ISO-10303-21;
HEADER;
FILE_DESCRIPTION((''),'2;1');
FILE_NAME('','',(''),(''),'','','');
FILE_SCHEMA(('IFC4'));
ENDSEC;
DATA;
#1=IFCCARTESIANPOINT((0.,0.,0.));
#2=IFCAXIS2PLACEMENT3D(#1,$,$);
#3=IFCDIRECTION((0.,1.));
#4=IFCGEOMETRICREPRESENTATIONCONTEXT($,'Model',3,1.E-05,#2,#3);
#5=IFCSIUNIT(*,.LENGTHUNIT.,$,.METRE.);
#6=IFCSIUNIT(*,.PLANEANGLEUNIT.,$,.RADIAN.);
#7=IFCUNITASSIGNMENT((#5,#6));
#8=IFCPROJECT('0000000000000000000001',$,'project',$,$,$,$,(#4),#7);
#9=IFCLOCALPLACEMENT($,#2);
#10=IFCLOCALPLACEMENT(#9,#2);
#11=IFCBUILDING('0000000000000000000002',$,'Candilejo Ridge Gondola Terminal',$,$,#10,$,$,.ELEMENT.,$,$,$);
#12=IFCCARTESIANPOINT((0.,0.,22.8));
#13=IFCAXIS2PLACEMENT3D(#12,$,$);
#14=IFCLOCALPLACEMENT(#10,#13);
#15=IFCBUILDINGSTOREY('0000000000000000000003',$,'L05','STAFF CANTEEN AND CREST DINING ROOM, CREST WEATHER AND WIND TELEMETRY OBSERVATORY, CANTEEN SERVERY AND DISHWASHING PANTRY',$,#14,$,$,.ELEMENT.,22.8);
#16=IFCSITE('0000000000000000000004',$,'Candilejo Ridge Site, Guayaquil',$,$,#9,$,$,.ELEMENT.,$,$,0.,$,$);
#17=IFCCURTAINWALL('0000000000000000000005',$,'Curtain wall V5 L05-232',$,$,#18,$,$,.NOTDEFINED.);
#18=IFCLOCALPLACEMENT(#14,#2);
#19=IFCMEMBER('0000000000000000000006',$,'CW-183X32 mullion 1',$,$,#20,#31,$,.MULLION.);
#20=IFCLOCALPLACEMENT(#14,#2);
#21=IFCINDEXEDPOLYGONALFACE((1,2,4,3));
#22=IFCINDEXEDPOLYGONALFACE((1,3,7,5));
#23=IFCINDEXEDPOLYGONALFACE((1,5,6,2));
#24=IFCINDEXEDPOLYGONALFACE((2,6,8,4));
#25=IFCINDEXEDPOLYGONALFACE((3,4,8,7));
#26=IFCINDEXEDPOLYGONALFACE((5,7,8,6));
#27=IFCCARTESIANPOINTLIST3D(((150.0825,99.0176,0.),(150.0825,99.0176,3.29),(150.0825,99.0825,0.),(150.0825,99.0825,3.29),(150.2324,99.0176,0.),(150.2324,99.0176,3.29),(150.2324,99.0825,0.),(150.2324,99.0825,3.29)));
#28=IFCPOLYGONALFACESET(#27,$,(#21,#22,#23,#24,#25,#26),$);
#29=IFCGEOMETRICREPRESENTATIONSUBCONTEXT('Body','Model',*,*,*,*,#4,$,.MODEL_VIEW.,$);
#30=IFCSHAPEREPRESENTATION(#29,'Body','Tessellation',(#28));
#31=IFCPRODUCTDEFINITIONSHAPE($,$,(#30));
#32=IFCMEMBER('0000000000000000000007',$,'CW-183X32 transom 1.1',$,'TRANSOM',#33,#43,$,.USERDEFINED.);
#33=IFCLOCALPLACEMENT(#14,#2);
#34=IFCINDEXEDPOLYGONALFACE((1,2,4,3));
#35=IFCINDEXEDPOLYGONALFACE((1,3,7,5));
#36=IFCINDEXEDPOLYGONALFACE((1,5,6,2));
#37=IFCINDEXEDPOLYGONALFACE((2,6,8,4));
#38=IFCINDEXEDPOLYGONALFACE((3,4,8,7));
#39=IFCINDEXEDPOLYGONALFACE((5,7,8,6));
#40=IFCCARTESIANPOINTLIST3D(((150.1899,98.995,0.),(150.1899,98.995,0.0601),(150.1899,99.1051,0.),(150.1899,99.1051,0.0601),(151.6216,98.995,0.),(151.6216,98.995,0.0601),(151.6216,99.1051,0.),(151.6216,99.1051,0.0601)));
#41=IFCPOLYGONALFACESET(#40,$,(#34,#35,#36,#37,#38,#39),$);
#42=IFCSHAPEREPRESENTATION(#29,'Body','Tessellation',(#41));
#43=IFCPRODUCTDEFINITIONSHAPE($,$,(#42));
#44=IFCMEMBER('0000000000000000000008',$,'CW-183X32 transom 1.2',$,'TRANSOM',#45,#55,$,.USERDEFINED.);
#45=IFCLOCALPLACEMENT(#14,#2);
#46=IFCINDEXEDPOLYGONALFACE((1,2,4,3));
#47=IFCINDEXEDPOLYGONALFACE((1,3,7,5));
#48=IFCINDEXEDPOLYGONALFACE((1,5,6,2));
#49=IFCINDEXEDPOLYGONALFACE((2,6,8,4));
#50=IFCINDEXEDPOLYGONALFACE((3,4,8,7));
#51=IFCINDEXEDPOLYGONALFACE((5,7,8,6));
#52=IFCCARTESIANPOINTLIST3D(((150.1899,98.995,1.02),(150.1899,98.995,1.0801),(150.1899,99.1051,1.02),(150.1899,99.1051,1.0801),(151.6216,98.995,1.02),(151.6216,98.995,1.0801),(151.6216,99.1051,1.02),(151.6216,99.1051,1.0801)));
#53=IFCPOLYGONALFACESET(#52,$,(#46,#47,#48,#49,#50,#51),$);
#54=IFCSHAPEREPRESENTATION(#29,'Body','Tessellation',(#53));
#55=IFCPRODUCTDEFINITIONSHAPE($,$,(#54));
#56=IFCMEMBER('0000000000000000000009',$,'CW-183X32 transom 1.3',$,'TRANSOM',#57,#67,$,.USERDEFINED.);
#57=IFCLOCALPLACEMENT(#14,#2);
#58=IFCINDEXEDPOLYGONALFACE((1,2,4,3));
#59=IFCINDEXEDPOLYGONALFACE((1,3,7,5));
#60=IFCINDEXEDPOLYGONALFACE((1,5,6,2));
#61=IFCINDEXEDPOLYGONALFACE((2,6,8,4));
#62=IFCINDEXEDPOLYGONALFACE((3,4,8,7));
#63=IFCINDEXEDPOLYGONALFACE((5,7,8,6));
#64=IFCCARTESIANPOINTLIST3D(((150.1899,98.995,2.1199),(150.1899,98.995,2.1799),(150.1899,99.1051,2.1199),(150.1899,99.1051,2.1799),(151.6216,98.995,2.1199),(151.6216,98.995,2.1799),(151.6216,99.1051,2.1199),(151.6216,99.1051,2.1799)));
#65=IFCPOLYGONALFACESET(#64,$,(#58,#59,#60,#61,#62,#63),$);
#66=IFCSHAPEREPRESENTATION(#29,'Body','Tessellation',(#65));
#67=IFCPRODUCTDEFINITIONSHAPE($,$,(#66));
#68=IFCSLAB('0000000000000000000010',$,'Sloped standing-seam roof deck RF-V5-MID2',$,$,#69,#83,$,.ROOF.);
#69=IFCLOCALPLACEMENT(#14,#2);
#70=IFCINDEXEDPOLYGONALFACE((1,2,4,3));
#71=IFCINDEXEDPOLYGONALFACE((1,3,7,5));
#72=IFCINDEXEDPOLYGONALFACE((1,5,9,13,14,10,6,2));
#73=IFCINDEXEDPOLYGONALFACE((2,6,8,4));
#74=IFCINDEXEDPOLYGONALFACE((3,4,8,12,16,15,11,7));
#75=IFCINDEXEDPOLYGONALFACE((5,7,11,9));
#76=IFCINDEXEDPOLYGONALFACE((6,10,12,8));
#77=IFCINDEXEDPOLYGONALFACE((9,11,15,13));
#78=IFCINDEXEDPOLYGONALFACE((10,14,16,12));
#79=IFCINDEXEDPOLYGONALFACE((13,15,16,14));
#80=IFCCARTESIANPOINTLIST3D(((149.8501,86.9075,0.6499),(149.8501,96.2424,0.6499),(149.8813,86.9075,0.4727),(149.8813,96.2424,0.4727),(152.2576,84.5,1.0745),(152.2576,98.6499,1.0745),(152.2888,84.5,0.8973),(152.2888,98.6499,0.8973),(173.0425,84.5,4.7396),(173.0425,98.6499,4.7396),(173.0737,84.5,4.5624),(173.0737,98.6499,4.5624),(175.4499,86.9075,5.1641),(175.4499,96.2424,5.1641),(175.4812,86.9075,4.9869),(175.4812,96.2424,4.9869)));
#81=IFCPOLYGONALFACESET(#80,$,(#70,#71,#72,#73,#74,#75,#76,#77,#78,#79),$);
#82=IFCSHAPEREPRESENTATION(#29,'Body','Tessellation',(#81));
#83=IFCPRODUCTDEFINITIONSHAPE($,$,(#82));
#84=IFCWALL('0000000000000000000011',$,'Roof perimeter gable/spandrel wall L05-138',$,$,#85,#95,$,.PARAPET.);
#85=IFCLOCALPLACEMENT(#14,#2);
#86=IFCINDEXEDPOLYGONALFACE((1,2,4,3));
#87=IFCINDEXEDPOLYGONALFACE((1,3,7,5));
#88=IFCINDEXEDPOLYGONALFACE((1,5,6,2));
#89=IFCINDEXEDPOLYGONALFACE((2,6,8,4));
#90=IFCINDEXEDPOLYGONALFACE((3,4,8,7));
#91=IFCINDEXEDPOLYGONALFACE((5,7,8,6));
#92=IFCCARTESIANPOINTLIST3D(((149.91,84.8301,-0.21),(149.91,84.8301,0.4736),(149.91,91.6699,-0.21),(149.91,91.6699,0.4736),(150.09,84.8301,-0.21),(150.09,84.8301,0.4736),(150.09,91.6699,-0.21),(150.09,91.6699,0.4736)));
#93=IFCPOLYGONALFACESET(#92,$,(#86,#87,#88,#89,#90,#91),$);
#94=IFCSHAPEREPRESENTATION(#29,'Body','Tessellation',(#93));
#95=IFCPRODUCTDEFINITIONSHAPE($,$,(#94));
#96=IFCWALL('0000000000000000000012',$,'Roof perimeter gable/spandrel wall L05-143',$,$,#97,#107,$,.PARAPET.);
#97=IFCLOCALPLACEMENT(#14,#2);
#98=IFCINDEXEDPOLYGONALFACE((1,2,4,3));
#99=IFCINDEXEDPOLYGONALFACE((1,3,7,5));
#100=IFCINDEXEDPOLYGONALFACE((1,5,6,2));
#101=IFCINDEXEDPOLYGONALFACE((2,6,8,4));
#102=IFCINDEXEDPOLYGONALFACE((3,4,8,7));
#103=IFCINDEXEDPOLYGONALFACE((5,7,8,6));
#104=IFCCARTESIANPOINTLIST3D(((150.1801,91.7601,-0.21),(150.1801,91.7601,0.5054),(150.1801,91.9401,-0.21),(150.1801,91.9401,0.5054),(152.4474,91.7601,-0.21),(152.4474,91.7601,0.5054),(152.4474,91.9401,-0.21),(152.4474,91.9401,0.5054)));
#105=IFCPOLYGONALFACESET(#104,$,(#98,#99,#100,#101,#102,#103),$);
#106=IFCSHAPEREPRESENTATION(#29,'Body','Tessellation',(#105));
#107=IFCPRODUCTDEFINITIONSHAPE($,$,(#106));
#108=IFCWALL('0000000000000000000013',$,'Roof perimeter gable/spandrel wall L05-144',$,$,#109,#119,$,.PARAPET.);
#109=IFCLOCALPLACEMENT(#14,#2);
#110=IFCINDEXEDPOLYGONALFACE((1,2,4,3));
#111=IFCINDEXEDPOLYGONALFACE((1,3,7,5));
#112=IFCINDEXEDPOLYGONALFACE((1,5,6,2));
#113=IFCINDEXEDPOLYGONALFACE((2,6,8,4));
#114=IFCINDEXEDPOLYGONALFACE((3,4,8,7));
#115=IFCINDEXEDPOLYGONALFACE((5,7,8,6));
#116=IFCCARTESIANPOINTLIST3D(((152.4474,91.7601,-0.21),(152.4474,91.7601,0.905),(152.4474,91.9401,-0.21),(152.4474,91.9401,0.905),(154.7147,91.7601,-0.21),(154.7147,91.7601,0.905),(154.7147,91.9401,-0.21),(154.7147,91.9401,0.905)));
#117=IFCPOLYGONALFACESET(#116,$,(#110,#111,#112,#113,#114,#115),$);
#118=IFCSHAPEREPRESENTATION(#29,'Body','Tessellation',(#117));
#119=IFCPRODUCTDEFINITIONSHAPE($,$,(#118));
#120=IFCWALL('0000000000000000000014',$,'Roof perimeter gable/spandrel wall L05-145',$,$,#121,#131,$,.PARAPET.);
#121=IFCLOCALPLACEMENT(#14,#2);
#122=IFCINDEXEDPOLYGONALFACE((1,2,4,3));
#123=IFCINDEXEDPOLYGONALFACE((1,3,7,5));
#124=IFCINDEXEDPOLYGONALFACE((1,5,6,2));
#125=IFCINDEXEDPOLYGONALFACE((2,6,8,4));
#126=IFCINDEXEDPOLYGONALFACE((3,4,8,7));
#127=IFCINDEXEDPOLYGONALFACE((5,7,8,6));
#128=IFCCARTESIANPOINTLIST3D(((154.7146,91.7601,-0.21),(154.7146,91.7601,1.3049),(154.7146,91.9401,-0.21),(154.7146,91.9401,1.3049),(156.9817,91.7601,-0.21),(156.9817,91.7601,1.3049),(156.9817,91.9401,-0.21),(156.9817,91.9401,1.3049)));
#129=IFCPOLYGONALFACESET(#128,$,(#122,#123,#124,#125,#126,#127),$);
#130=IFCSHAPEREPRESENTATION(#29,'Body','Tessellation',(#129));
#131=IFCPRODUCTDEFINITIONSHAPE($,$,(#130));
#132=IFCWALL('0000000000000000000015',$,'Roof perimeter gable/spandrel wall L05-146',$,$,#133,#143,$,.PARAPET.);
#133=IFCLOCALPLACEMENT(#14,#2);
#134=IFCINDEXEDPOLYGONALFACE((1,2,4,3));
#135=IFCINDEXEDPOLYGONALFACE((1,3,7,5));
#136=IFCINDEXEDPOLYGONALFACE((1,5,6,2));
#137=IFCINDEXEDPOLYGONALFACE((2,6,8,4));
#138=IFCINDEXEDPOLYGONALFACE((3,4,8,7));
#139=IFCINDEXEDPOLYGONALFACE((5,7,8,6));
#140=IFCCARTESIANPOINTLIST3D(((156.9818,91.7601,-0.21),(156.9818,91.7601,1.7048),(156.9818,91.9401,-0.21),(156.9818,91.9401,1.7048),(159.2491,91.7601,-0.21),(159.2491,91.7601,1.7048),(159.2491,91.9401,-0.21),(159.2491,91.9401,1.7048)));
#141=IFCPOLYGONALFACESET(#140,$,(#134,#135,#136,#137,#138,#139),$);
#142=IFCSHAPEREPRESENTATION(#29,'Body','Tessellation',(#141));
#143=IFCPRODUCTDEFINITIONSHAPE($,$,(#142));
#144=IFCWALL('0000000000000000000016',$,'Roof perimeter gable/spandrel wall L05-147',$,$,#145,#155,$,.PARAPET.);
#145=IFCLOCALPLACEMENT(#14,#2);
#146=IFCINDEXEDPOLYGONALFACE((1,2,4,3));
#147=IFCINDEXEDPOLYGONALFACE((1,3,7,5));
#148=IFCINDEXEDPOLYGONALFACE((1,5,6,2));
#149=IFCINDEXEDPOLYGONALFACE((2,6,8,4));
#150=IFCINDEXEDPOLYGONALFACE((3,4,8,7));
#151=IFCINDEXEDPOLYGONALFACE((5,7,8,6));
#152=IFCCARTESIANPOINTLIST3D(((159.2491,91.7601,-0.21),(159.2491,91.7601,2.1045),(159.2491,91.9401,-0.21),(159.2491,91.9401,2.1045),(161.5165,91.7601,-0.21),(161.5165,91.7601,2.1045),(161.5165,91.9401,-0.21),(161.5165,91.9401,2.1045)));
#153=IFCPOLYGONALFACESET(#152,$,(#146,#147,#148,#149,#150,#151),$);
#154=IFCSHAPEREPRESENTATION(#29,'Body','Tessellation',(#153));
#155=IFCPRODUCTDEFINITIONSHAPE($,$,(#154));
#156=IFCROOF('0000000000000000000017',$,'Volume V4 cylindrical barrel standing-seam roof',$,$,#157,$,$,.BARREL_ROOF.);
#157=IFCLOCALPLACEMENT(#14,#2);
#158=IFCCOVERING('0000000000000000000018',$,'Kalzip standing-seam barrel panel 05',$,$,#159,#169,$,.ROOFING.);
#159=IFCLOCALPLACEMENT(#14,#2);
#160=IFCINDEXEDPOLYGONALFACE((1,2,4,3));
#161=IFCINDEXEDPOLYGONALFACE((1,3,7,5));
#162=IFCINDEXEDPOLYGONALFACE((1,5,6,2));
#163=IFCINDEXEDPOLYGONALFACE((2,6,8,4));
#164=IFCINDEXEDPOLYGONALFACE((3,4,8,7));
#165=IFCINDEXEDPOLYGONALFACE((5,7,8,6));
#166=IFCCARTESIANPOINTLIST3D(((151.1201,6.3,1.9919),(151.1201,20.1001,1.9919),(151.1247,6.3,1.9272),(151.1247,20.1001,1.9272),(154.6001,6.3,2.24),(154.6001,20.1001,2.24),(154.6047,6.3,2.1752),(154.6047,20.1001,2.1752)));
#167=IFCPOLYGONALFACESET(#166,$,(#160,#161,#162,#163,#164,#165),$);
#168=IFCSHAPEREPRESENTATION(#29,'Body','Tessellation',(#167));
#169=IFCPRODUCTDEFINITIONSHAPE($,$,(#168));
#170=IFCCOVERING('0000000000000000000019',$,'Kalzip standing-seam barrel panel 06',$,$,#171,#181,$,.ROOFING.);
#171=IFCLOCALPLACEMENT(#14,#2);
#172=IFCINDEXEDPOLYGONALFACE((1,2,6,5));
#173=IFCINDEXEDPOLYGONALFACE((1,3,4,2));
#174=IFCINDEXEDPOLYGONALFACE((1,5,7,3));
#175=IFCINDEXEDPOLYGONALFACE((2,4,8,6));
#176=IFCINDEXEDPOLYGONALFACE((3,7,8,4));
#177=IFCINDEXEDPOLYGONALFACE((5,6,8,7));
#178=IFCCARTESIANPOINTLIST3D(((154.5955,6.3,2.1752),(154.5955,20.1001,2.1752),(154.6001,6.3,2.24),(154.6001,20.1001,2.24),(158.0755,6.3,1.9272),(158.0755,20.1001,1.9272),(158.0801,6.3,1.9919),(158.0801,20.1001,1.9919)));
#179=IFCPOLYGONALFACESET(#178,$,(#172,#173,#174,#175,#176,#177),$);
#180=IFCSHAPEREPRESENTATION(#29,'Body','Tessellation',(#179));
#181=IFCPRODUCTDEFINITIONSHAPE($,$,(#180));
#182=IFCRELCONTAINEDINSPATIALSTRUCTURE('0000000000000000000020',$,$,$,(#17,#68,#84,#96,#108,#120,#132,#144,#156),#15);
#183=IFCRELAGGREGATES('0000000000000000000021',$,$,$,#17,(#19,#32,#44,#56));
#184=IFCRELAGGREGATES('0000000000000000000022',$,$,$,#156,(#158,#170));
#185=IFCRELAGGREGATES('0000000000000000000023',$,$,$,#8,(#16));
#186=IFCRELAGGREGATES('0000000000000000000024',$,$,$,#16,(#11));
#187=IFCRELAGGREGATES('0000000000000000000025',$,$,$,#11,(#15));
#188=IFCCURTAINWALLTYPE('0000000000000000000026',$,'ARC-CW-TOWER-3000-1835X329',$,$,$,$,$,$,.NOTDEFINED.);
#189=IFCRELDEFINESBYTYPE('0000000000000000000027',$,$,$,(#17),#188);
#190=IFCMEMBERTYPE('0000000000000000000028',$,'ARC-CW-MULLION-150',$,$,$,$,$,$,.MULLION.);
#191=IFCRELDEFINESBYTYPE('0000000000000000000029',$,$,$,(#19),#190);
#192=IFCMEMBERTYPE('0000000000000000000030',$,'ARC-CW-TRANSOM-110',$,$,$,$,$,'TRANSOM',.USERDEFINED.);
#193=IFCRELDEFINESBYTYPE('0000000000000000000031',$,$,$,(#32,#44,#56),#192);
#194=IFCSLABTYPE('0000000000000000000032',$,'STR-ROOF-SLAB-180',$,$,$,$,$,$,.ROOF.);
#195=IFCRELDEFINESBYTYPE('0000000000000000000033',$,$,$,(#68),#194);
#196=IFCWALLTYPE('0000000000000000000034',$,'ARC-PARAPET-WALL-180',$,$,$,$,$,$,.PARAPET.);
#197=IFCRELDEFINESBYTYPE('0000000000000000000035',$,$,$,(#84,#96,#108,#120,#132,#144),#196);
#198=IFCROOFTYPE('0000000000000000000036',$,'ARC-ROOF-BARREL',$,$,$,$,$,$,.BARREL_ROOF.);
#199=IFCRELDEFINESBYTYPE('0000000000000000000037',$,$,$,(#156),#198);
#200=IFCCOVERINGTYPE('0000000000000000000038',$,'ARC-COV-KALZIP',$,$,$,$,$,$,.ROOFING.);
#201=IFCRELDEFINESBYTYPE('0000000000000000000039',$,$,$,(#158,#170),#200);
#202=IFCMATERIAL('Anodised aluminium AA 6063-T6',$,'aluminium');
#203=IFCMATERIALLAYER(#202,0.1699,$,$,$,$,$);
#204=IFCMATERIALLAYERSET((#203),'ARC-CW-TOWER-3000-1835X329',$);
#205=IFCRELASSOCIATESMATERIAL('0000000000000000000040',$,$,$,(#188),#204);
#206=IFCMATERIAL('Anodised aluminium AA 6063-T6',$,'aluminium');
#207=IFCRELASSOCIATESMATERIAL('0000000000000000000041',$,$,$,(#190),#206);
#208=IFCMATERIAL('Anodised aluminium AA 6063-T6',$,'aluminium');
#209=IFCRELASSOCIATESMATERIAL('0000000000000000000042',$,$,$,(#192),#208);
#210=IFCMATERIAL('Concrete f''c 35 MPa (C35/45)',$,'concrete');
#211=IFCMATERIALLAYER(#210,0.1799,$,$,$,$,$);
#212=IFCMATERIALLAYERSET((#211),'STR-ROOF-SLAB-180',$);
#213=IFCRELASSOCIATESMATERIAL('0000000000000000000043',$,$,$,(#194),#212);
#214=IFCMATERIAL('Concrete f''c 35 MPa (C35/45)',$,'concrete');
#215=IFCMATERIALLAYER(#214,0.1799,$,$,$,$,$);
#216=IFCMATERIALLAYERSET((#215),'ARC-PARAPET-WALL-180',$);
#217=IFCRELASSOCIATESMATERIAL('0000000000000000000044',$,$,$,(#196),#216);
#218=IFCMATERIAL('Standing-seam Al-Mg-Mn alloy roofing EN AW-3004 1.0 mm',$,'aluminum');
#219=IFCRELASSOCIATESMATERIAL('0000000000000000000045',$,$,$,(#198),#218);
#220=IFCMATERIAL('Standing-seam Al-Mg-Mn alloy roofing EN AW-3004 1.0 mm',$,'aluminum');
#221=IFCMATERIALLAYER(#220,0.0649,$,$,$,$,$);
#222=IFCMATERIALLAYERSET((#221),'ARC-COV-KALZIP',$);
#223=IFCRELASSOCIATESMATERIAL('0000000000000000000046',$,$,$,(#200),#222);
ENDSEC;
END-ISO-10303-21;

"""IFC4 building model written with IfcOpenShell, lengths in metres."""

from ifc_helpers import new_model, si_unit, direction, frame, frame_2d, origin, origin_2d, place, context, subcontext, project, spatial, polyline, rectangle, outline, extrude, material, layer, layer_set, material_profile, profile_set, type_object, element, aggregate, save


model = new_model("IFC4")

# Units and contexts
model_context = context("Model", 3, precision=1e-05, world=origin(), true_north=direction((0.0, 1.0)))
body_context = subcontext(model_context, "Body", "Model", "MODEL_VIEW")
ifc_project = project(units=[si_unit("LENGTHUNIT", "METRE"), si_unit("PLANEANGLEUNIT", "RADIAN")], contexts=[model_context])

# Site, building, storey
site_placement = place(None, origin())
site = spatial("IfcSite", under=ifc_project, at=site_placement, Name="Candilejo Ridge Site, Guayaquil", CompositionType="ELEMENT", RefElevation=0.0)
building_placement = place(site_placement, origin())
building = spatial("IfcBuilding", under=site, at=building_placement, Name="Candilejo Ridge Gondola Terminal", CompositionType="ELEMENT")
storey_placement = place(building_placement, frame((0.0, 0.0, 22.8)))
storey = spatial("IfcBuildingStorey", under=building, at=storey_placement, Name="L05", Description="STAFF CANTEEN AND CREST DINING ROOM, CREST WEATHER AND WIND TELEMETRY OBSERVATORY, CANTEEN SERVERY AND DISHWASHING PANTRY", CompositionType="ELEMENT", Elevation=22.8)

# Curtain wall, members
ifc_material_1 = material(Name="Anodised aluminium AA 6063-T6", Category="aluminium")
ifc_layer_1 = layer(ifc_material_1, 0.1699)
ifc_layer_set_1 = layer_set([ifc_layer_1], Name="ARC-CW-TOWER-3000-1835X329")
curtain_wall_type = type_object("IfcCurtainWallType", Name="ARC-CW-TOWER-3000-1835X329", PredefinedType="NOTDEFINED", material=ifc_layer_set_1)
curtain_wall_placement = place(storey_placement, origin())
curtain_wall = element("IfcCurtainWall", 1, at=curtain_wall_placement, inside=storey, type_object=curtain_wall_type, Name="Curtain wall V5 L05-232", PredefinedType="NOTDEFINED")
ifc_material_2 = material(Name="Anodised aluminium AA 6063-T6", Category="aluminium")
ifc_material_profile_1 = material_profile(ifc_material_2, rectangle(XDim=0.0649, YDim=0.1499, at=origin_2d()))
ifc_profile_set_1 = profile_set([ifc_material_profile_1], Name="Anodised aluminium AA 6063-T6")
member_type_1 = type_object("IfcMemberType", Name="ARC-CW-MULLION-150", PredefinedType="MULLION", material=ifc_profile_set_1)
member_1_placement = place(storey_placement, frame((150.1575, 99.05, 0.0), z_axis=(0.0, 0.0, 1.0), x_axis=(0.0, 1.0, 0.0)))
member_1 = element("IfcMember", 2, at=member_1_placement, type_object=member_type_1, Name="CW-183X32 mullion 1", PredefinedType="MULLION", context=body_context, shape_type="SweptSolid", body=[
    extrude(rectangle(XDim=0.0649, YDim=0.1499, at=origin_2d()), origin(), (0.0, 0.0, 1.0), 3.29),
])
ifc_material_3 = material(Name="Anodised aluminium AA 6063-T6", Category="aluminium")
ifc_material_profile_2 = material_profile(ifc_material_3, rectangle(XDim=0.1101, YDim=0.0601, at=origin_2d()))
ifc_profile_set_2 = profile_set([ifc_material_profile_2], Name="Anodised aluminium AA 6063-T6")
member_type_2 = type_object("IfcMemberType", Name="ARC-CW-TRANSOM-110", ElementType="TRANSOM", PredefinedType="USERDEFINED", material=ifc_profile_set_2)
member_2_placement = place(storey_placement, frame((150.1899, 99.05, 0.03), z_axis=(1.0, 0.0, 0.0), x_axis=(0.0, 1.0, 0.0)))
member_2 = element("IfcMember", 3, at=member_2_placement, type_object=member_type_2, Name="CW-183X32 transom 1.1", ObjectType="TRANSOM", PredefinedType="USERDEFINED", context=body_context, shape_type="SweptSolid", body=[
    extrude(rectangle(XDim=0.1101, YDim=0.0601, at=origin_2d()), origin(), (0.0, 0.0, 1.0), 1.4316),
])
member_3_placement = place(storey_placement, frame((150.1899, 99.05, 1.05), z_axis=(1.0, 0.0, 0.0), x_axis=(0.0, 1.0, 0.0)))
member_3 = element("IfcMember", 4, at=member_3_placement, type_object=member_type_2, Name="CW-183X32 transom 1.2", ObjectType="TRANSOM", PredefinedType="USERDEFINED", context=body_context, shape_type="SweptSolid", body=[
    extrude(rectangle(XDim=0.1101, YDim=0.0601, at=origin_2d()), origin(), (0.0, 0.0, 1.0), 1.4316),
])
member_4_placement = place(storey_placement, frame((150.1899, 99.05, 2.1499), z_axis=(1.0, 0.0, 0.0), x_axis=(0.0, 1.0, 0.0)))
member_4 = element("IfcMember", 5, at=member_4_placement, type_object=member_type_2, Name="CW-183X32 transom 1.3", ObjectType="TRANSOM", PredefinedType="USERDEFINED", context=body_context, shape_type="SweptSolid", body=[
    extrude(rectangle(XDim=0.1101, YDim=0.0601, at=origin_2d()), origin(), (0.0, 0.0, 1.0), 1.4316),
])
aggregate(curtain_wall, [member_1, member_2, member_3, member_4])

# Slab
ifc_material_4 = material(Name="Concrete f'c 35 MPa (C35/45)", Category="concrete")
ifc_layer_2 = layer(ifc_material_4, 0.1799)
ifc_layer_set_2 = layer_set([ifc_layer_2], Name="STR-ROOF-SLAB-180")
slab_type = type_object("IfcSlabType", Name="STR-ROOF-SLAB-180", PredefinedType="ROOF", material=ifc_layer_set_2)
slab_placement = place(storey_placement, frame((152.2576, 84.5, 1.0745), z_axis=(-0.173656, 0.0, 0.984806), x_axis=(0.984806, 0.0, 0.173656)))
element("IfcSlab", 6, at=slab_placement, inside=storey, type_object=slab_type, Name="Sloped standing-seam roof deck RF-V5-MID2", PredefinedType="ROOF", context=body_context, shape_type="SweptSolid", body=[
    extrude(outline(polyline([(0.0, 0.0), (21.1056, 0.0), (23.5502, 2.4075), (23.5502, 11.7424), (21.1056, 14.1499), (0.0, 14.1499), (-2.4446, 11.7424), (-2.4446, 2.4075), (0.0, 0.0)])), origin(), (0.0, 0.0, -1.0), 0.1799),
])

# Walls
ifc_material_5 = material(Name="Concrete f'c 35 MPa (C35/45)", Category="concrete")
ifc_layer_3 = layer(ifc_material_5, 0.1799)
ifc_layer_set_3 = layer_set([ifc_layer_3], Name="ARC-PARAPET-WALL-180")
wall_type = type_object("IfcWallType", Name="ARC-PARAPET-WALL-180", PredefinedType="PARAPET", material=ifc_layer_set_3)
wall_1_placement = place(storey_placement, frame((150.0, 84.8301, -0.21), z_axis=(0.0, 0.0, 1.0), x_axis=(0.0, 1.0, 0.0)))
element("IfcWall", 7, at=wall_1_placement, inside=storey, type_object=wall_type, Name="Roof perimeter gable/spandrel wall L05-138", PredefinedType="PARAPET", context=body_context, shape_type="SweptSolid", body=[
    extrude(rectangle(XDim=6.8398, YDim=0.1799, at=frame_2d((3.4199, 0.0))), origin(), (0.0, 0.0, 1.0), 0.6836),
])
wall_2_placement = place(storey_placement, frame((150.1799, 91.8501, -0.21), z_axis=(0.0, 0.0, 1.0), x_axis=(1.0, 0.0, 0.0)))
element("IfcWall", 8, at=wall_2_placement, inside=storey, type_object=wall_type, Name="Roof perimeter gable/spandrel wall L05-143", PredefinedType="PARAPET", context=body_context, shape_type="SweptSolid", body=[
    extrude(rectangle(XDim=2.2673, YDim=0.1799, at=frame_2d((1.1338, 0.0))), origin(), (0.0, 0.0, 1.0), 0.7153),
])
wall_3_placement = place(storey_placement, frame((152.4473, 91.8501, -0.21), z_axis=(0.0, 0.0, 1.0), x_axis=(1.0, 0.0, 0.0)))
element("IfcWall", 9, at=wall_3_placement, inside=storey, type_object=wall_type, Name="Roof perimeter gable/spandrel wall L05-144", PredefinedType="PARAPET", context=body_context, shape_type="SweptSolid", body=[
    extrude(rectangle(XDim=2.2673, YDim=0.1799, at=frame_2d((1.1338, 0.0))), origin(), (0.0, 0.0, 1.0), 1.115),
])
wall_4_placement = place(storey_placement, frame((154.7146, 91.8501, -0.21), z_axis=(0.0, 0.0, 1.0), x_axis=(1.0, 0.0, 0.0)))
element("IfcWall", 10, at=wall_4_placement, inside=storey, type_object=wall_type, Name="Roof perimeter gable/spandrel wall L05-145", PredefinedType="PARAPET", context=body_context, shape_type="SweptSolid", body=[
    extrude(rectangle(XDim=2.2671, YDim=0.1799, at=frame_2d((1.1335, 0.0))), origin(), (0.0, 0.0, 1.0), 1.5149),
])
wall_5_placement = place(storey_placement, frame((156.9817, 91.8501, -0.21), z_axis=(0.0, 0.0, 1.0), x_axis=(1.0, 0.0, 0.0)))
element("IfcWall", 11, at=wall_5_placement, inside=storey, type_object=wall_type, Name="Roof perimeter gable/spandrel wall L05-146", PredefinedType="PARAPET", context=body_context, shape_type="SweptSolid", body=[
    extrude(rectangle(XDim=2.2673, YDim=0.1799, at=frame_2d((1.1338, 0.0))), origin(), (0.0, 0.0, 1.0), 1.9148),
])
wall_6_placement = place(storey_placement, frame((159.249, 91.8501, -0.21), z_axis=(0.0, 0.0, 1.0), x_axis=(1.0, 0.0, 0.0)))
element("IfcWall", 12, at=wall_6_placement, inside=storey, type_object=wall_type, Name="Roof perimeter gable/spandrel wall L05-147", PredefinedType="PARAPET", context=body_context, shape_type="SweptSolid", body=[
    extrude(rectangle(XDim=2.2673, YDim=0.1799, at=frame_2d((1.1338, 0.0))), origin(), (0.0, 0.0, 1.0), 2.3145),
])

# Roof, coverings
ifc_material_6 = material(Name="Standing-seam Al-Mg-Mn alloy roofing EN AW-3004 1.0 mm", Category="aluminum")
roof_type = type_object("IfcRoofType", Name="ARC-ROOF-BARREL", PredefinedType="BARREL_ROOF", material=ifc_material_6)
roof_placement = place(storey_placement, origin())
roof = element("IfcRoof", 13, at=roof_placement, inside=storey, type_object=roof_type, Name="Volume V4 cylindrical barrel standing-seam roof", PredefinedType="BARREL_ROOF")
ifc_material_7 = material(Name="Standing-seam Al-Mg-Mn alloy roofing EN AW-3004 1.0 mm", Category="aluminum")
ifc_layer_4 = layer(ifc_material_7, 0.0649)
ifc_layer_set_4 = layer_set([ifc_layer_4], Name="ARC-COV-KALZIP")
covering_type = type_object("IfcCoveringType", Name="ARC-COV-KALZIP", PredefinedType="ROOFING", material=ifc_layer_set_4)
covering_1_placement = place(storey_placement, frame((151.1201, 6.3, 1.9919), z_axis=(-0.071098, 0.0, 0.997469), x_axis=(0.997469, 0.0, 0.071098)))
covering_1 = element("IfcCovering", 14, at=covering_1_placement, type_object=covering_type, Name="Kalzip standing-seam barrel panel 05", PredefinedType="ROOFING", context=body_context, shape_type="SweptSolid", body=[
    extrude(outline(polyline([(0.0, 0.0), (3.4888, 0.0), (3.4888, 13.8), (0.0, 13.8), (0.0, 0.0)])), origin(), (0.0, 0.0, -1.0), 0.0649),
])
covering_2_placement = place(storey_placement, frame((154.6001, 6.3, 2.24), z_axis=(0.071098, 0.0, 0.997469), x_axis=(0.997469, 0.0, -0.071098)))
covering_2 = element("IfcCovering", 15, at=covering_2_placement, type_object=covering_type, Name="Kalzip standing-seam barrel panel 06", PredefinedType="ROOFING", context=body_context, shape_type="SweptSolid", body=[
    extrude(outline(polyline([(0.0, 0.0), (3.4888, 0.0), (3.4888, 13.8), (0.0, 13.8), (0.0, 0.0)])), origin(), (0.0, 0.0, -1.0), 0.0649),
])
aggregate(roof, [covering_1, covering_2])

save(model, "model.ifc")
